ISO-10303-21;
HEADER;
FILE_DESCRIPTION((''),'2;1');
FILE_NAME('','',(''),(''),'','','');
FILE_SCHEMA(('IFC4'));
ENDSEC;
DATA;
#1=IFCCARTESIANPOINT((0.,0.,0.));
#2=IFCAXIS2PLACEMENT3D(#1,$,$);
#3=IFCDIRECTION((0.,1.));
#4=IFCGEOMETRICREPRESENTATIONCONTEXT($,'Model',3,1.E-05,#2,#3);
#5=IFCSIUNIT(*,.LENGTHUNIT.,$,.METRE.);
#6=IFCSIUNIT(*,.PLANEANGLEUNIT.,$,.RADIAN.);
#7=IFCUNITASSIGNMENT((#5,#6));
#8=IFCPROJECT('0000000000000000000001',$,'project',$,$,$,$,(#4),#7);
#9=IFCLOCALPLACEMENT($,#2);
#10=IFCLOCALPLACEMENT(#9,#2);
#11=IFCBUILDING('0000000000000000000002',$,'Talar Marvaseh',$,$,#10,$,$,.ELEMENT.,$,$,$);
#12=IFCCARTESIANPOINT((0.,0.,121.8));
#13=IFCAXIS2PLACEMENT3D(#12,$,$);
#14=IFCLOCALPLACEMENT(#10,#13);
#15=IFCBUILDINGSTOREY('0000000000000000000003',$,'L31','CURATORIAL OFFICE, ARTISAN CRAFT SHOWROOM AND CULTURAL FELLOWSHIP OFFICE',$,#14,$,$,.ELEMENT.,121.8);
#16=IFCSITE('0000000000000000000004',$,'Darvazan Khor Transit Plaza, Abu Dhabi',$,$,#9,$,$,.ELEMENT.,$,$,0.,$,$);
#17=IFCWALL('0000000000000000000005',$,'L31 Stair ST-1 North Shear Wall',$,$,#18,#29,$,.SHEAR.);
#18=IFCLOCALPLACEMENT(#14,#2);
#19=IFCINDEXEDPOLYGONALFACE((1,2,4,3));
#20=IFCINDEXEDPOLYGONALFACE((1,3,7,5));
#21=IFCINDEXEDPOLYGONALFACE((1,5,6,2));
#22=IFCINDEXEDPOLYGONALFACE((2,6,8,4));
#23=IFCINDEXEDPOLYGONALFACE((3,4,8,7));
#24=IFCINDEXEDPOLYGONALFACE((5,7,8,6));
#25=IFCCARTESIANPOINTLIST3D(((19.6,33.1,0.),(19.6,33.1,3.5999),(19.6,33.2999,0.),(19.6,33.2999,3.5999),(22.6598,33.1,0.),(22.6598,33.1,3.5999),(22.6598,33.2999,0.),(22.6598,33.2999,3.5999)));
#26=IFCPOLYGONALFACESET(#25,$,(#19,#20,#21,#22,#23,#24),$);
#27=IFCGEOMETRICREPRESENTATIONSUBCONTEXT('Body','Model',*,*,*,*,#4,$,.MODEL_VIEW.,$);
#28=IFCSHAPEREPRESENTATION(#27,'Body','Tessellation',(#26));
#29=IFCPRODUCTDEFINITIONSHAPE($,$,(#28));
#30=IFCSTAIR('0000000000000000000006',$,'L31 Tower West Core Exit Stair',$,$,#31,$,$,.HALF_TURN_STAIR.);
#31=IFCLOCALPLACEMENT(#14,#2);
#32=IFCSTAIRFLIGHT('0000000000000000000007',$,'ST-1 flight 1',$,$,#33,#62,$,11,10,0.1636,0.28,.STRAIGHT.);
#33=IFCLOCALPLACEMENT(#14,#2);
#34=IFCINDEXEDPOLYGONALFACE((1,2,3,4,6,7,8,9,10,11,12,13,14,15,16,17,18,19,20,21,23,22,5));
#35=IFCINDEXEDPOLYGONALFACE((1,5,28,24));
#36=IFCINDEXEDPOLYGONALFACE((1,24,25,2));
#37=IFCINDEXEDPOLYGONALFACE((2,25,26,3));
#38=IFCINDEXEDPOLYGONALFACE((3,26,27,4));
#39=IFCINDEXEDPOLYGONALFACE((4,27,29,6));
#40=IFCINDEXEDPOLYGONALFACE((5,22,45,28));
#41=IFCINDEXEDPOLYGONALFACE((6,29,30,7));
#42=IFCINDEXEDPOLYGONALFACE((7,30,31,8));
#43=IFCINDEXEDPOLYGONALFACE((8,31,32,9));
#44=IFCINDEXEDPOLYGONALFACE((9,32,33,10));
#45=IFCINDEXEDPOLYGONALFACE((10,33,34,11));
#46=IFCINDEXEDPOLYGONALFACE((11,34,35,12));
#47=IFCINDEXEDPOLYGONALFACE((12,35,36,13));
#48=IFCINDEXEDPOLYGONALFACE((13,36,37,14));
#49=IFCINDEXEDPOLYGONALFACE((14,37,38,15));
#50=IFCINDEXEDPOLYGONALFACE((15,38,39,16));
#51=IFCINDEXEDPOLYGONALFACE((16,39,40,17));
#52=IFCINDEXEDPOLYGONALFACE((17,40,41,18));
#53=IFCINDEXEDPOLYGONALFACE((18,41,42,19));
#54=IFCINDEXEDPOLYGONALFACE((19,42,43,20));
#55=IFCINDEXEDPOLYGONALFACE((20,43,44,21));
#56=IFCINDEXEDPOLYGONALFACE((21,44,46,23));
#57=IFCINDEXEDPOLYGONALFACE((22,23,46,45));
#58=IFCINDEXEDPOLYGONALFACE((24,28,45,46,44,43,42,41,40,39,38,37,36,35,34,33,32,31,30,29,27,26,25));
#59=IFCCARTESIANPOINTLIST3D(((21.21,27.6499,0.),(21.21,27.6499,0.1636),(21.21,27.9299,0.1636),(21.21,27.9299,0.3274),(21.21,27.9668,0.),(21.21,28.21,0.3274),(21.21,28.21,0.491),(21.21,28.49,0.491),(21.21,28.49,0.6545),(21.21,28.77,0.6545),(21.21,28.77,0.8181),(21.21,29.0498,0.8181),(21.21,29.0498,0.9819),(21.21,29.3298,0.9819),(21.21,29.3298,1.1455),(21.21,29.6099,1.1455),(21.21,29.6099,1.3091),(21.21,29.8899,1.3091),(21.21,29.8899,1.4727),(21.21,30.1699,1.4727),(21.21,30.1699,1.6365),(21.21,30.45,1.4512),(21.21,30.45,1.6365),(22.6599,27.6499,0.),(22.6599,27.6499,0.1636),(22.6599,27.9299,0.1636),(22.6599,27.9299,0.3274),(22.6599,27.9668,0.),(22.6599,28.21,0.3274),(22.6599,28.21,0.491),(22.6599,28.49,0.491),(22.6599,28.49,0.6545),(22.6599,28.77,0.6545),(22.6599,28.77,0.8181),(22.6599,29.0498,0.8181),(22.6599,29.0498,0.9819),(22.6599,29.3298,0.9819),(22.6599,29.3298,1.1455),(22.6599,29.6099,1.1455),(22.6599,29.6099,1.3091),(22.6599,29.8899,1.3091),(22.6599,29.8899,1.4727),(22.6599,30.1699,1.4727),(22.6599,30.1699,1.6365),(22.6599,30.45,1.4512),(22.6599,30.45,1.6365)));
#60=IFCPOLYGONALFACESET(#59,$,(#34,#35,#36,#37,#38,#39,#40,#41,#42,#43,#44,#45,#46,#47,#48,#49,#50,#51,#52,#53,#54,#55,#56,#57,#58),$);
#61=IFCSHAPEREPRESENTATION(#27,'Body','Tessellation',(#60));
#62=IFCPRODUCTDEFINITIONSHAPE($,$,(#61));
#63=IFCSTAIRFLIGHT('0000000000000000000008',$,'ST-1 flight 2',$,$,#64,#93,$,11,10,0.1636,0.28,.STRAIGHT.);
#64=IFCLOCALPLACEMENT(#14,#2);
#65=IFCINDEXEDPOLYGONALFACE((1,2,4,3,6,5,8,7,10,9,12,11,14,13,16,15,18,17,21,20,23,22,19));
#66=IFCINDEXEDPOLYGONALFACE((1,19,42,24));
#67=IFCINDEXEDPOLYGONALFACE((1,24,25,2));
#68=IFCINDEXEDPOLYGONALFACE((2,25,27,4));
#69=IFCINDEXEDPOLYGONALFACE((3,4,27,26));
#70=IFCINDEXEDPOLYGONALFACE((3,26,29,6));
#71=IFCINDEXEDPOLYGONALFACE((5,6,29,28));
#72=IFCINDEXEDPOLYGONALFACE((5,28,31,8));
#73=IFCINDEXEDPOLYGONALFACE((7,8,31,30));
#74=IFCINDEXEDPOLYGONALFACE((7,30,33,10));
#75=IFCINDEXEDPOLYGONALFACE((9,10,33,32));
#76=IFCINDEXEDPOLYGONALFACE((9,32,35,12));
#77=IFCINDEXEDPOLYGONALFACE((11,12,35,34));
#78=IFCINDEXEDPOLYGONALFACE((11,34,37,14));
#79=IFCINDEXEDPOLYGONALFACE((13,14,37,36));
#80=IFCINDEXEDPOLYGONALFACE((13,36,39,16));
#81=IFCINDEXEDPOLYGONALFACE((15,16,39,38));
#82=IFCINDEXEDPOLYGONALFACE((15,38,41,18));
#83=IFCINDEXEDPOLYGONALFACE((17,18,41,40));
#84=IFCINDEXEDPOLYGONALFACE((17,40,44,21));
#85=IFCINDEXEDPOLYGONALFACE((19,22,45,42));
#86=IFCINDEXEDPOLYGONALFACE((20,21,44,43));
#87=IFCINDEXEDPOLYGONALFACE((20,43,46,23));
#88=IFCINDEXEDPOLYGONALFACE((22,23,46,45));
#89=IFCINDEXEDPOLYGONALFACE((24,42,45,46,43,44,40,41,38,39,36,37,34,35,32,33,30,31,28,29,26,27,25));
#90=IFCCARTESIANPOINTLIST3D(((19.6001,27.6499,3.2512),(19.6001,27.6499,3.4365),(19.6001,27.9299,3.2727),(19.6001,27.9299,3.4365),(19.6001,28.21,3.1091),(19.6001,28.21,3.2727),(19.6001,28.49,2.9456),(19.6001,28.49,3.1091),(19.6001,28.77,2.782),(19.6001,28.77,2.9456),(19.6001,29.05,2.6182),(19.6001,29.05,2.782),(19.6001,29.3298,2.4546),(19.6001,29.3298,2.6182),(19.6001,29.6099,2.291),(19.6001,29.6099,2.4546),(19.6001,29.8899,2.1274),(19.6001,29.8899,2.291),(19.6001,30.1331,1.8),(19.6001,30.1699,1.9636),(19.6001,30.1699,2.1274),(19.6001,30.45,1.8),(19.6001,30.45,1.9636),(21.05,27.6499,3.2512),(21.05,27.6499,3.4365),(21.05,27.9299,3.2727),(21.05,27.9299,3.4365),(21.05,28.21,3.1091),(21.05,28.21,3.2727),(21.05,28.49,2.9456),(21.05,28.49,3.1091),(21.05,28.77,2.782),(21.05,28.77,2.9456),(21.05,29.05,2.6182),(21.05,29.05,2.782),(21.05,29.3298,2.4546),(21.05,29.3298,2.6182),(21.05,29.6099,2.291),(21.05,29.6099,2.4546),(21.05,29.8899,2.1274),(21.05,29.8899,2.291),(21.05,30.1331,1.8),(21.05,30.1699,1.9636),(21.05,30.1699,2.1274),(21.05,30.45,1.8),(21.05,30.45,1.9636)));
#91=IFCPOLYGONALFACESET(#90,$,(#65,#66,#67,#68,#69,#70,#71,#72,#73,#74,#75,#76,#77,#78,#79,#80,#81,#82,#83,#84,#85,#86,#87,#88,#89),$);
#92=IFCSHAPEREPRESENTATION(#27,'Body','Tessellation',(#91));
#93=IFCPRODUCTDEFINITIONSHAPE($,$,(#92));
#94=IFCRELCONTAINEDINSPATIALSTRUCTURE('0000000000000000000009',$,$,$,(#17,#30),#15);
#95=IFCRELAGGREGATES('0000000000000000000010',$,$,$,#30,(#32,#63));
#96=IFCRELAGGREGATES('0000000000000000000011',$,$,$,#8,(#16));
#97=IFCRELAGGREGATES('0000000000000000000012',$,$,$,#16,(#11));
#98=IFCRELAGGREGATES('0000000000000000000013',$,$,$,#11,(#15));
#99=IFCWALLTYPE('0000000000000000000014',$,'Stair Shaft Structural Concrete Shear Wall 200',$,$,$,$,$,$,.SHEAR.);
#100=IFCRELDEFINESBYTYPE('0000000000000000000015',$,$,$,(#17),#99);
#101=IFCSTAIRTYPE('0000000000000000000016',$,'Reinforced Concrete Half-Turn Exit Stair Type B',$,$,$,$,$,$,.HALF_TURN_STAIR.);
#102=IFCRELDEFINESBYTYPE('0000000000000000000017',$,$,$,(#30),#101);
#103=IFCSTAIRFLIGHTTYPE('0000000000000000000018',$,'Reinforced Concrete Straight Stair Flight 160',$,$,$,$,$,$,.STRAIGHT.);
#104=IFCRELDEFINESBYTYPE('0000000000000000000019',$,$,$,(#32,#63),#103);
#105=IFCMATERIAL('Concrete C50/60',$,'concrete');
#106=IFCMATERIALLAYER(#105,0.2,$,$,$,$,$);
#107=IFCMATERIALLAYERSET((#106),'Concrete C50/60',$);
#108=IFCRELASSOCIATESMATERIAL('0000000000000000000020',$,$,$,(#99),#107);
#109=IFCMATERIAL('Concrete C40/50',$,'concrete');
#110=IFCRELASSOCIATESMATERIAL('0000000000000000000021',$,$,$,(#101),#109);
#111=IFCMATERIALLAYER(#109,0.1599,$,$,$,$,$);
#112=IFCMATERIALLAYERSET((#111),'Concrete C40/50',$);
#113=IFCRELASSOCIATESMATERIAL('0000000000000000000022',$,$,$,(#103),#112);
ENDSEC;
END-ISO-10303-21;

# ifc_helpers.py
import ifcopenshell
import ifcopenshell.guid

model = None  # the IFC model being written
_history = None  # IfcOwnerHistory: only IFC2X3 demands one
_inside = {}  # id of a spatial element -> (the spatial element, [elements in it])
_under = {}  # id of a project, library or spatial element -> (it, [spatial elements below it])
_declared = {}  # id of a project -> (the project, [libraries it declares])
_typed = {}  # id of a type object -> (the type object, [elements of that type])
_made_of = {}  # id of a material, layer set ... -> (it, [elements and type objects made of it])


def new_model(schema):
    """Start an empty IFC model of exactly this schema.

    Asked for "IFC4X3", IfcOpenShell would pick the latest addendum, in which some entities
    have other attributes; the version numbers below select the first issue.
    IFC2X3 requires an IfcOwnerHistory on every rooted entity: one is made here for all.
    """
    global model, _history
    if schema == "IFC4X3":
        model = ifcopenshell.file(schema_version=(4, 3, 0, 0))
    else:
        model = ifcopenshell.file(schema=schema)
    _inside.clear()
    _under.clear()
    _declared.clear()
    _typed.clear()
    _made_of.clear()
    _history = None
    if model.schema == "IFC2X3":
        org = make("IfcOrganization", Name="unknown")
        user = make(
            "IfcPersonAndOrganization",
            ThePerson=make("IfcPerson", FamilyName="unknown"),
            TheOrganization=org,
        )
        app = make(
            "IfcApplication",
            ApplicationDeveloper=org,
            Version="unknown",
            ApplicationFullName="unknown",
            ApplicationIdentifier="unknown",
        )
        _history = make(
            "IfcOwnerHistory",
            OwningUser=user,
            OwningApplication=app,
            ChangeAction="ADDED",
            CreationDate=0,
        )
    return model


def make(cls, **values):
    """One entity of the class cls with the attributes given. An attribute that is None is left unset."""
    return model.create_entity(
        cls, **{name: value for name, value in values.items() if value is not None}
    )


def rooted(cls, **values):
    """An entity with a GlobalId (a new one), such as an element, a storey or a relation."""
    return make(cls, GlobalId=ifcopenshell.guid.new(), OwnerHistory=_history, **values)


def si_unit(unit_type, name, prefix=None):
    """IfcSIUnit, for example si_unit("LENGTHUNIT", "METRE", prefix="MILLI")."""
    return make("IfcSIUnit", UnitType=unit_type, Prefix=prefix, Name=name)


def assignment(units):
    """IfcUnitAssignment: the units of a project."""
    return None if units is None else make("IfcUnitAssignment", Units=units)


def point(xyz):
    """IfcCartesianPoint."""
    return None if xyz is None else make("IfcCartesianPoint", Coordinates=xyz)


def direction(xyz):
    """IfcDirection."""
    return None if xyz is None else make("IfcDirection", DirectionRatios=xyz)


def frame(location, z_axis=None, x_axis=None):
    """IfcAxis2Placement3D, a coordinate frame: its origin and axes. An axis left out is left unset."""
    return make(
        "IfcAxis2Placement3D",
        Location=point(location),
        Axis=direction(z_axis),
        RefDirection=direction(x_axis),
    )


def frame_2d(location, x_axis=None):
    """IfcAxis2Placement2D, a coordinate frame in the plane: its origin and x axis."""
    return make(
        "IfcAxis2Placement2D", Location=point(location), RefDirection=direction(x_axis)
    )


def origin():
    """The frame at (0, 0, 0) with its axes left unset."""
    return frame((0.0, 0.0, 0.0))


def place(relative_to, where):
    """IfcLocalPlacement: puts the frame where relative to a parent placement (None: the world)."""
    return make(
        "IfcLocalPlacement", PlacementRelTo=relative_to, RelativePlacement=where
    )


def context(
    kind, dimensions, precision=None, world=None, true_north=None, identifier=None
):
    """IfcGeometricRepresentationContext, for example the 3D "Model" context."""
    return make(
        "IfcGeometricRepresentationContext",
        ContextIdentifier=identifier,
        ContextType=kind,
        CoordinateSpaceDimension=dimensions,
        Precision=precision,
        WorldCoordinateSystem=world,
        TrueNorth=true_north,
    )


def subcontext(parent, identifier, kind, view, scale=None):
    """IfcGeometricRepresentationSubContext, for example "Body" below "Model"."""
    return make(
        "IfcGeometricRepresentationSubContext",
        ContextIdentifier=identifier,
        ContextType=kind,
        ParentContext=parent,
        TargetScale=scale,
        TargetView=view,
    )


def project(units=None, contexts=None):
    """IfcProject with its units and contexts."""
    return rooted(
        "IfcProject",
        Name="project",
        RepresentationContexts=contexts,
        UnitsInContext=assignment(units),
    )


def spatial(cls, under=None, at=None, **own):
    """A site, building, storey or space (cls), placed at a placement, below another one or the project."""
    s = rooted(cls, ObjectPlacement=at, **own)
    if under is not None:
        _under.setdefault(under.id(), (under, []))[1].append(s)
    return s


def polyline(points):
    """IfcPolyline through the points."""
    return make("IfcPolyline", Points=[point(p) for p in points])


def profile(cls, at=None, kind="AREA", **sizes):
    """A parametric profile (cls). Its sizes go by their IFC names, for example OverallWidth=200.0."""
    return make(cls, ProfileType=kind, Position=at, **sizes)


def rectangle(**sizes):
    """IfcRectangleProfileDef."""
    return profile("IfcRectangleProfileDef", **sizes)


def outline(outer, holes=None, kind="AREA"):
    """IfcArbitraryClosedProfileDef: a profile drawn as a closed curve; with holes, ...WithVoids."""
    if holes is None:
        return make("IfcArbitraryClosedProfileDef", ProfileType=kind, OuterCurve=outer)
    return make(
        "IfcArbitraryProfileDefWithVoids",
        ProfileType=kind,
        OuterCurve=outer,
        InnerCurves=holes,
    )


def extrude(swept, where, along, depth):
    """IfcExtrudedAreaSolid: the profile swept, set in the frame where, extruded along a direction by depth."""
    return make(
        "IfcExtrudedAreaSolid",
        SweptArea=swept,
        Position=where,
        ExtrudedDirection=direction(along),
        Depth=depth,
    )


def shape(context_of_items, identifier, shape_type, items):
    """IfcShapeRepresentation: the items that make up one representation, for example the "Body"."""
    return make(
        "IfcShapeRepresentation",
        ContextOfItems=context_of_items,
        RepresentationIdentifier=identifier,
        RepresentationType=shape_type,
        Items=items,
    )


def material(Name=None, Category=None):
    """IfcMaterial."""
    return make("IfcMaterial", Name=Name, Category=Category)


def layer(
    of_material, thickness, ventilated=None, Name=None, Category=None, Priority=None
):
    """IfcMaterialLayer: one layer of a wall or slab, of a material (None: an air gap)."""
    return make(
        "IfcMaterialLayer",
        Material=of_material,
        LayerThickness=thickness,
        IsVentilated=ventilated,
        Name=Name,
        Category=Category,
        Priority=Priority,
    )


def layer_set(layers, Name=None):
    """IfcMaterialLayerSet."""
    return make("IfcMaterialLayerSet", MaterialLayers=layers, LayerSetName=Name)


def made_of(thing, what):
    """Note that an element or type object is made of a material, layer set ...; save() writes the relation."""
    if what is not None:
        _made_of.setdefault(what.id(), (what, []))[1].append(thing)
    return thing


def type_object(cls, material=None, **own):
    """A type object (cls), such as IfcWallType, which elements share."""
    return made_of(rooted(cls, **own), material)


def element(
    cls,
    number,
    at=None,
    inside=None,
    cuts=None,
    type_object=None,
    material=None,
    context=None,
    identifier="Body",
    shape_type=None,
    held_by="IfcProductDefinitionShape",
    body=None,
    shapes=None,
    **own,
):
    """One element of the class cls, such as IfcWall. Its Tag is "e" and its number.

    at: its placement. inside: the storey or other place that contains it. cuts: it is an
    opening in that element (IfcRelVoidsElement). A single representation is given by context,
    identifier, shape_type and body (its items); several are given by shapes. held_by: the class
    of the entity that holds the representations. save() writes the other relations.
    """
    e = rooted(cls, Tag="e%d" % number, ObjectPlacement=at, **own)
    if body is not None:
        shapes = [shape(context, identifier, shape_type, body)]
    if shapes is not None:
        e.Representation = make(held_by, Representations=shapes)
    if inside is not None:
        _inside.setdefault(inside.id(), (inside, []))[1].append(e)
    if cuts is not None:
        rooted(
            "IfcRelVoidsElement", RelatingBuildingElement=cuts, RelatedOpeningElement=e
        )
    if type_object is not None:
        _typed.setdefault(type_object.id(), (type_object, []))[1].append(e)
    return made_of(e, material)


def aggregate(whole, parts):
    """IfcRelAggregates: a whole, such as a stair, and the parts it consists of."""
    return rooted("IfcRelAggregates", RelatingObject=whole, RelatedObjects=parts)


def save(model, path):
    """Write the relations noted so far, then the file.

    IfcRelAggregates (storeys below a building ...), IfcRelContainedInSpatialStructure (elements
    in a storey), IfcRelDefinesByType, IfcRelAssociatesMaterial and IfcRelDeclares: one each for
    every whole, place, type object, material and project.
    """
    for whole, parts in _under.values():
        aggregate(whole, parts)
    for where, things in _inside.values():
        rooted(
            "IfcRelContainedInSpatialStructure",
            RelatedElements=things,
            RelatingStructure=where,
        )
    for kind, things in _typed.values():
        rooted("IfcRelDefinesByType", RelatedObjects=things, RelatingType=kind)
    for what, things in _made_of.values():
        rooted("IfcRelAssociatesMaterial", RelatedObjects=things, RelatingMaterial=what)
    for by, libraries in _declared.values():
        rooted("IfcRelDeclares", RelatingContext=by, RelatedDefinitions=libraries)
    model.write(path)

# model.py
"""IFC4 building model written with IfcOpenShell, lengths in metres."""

from ifc_helpers import new_model, si_unit, direction, frame, frame_2d, origin, place, context, subcontext, project, spatial, polyline, rectangle, outline, extrude, material, layer, layer_set, type_object, element, aggregate, save


model = new_model("IFC4")

# Units and contexts
model_context = context("Model", 3, precision=1e-05, world=origin(), true_north=direction((0.0, 1.0)))
body_context = subcontext(model_context, "Body", "Model", "MODEL_VIEW")
ifc_project = project(units=[si_unit("LENGTHUNIT", "METRE"), si_unit("PLANEANGLEUNIT", "RADIAN")], contexts=[model_context])

# Site, building, storey
site_placement = place(None, origin())
site = spatial("IfcSite", under=ifc_project, at=site_placement, Name="Darvazan Khor Transit Plaza, Abu Dhabi", CompositionType="ELEMENT", RefElevation=0.0)
building_placement = place(site_placement, origin())
building = spatial("IfcBuilding", under=site, at=building_placement, Name="Talar Marvaseh", CompositionType="ELEMENT")
storey_placement = place(building_placement, frame((0.0, 0.0, 121.8)))
storey = spatial("IfcBuildingStorey", under=building, at=storey_placement, Name="L31", Description="CURATORIAL OFFICE, ARTISAN CRAFT SHOWROOM AND CULTURAL FELLOWSHIP OFFICE", CompositionType="ELEMENT", Elevation=121.8)

# Wall
ifc_material_1 = material(Name="Concrete C50/60", Category="concrete")
ifc_layer_1 = layer(ifc_material_1, 0.2)
ifc_layer_set_1 = layer_set([ifc_layer_1], Name="Concrete C50/60")
wall_type_1 = type_object("IfcWallType", Name="Stair Shaft Structural Concrete Shear Wall 200", PredefinedType="SHEAR", material=ifc_layer_set_1)
wall_1_placement = place(storey_placement, frame((19.6001, 33.2, 0.0), z_axis=(0.0, 0.0, 1.0), x_axis=(1.0, 0.0, 0.0)))
element("IfcWall", 1, at=wall_1_placement, inside=storey, type_object=wall_type_1, Name="L31 Stair ST-1 North Shear Wall", PredefinedType="SHEAR", context=body_context, shape_type="SweptSolid", body=[
    extrude(rectangle(XDim=3.0598, YDim=0.2, at=frame_2d((1.5298, 0.0))), origin(), (0.0, 0.0, 1.0), 3.5999),
])

# Stair, stair flights
ifc_material_2 = material(Name="Concrete C40/50", Category="concrete")
stair_type = type_object("IfcStairType", Name="Reinforced Concrete Half-Turn Exit Stair Type B", PredefinedType="HALF_TURN_STAIR", material=ifc_material_2)
stair_placement = place(storey_placement, origin())
stair = element("IfcStair", 2, at=stair_placement, inside=storey, type_object=stair_type, Name="L31 Tower West Core Exit Stair", PredefinedType="HALF_TURN_STAIR")
ifc_layer_2 = layer(ifc_material_2, 0.1599)
ifc_layer_set_2 = layer_set([ifc_layer_2], Name="Concrete C40/50")
stair_flight_type = type_object("IfcStairFlightType", Name="Reinforced Concrete Straight Stair Flight 160", PredefinedType="STRAIGHT", material=ifc_layer_set_2)
stair_flight_1_placement = place(storey_placement, frame((21.9351, 27.6499, 0.0), z_axis=(0.0, 0.0, 1.0), x_axis=(0.0, 1.0, 0.0)))
stair_flight_1 = element("IfcStairFlight", 3, at=stair_flight_1_placement, type_object=stair_flight_type, Name="ST-1 flight 1", NumberOfRisers=11, NumberOfTreads=10, PredefinedType="STRAIGHT", RiserHeight=0.1636, TreadLength=0.28, context=body_context, shape_type="SweptSolid", body=[
    extrude(outline(polyline([(0.0, 0.0), (0.0, 0.1636), (0.28, 0.1636), (0.28, 0.3274), (0.5601, 0.3274), (0.5601, 0.491), (0.8401, 0.491), (0.8401, 0.6545), (1.1201, 0.6545), (1.1201, 0.8181), (1.3999, 0.8181), (1.3999, 0.9819), (1.6799, 0.9819), (1.6799, 1.1455), (1.96, 1.1455), (1.96, 1.3091), (2.24, 1.3091), (2.24, 1.4727), (2.52, 1.4727), (2.52, 1.6365), (2.8, 1.6365), (2.8, 1.8), (2.8, 1.4512), (0.3169, 0.0), (0.0, 0.0)])), frame((0.0, 0.7251, 0.0), z_axis=(0.0, -1.0, 0.0), x_axis=(1.0, 0.0, 0.0)), (0.0, 0.0, 1.0), 1.45),
])
stair_flight_2_placement = place(storey_placement, frame((20.325, 30.45, 1.8), z_axis=(0.0, 0.0, 1.0), x_axis=(0.0, -1.0, 0.0)))
stair_flight_2 = element("IfcStairFlight", 4, at=stair_flight_2_placement, type_object=stair_flight_type, Name="ST-1 flight 2", NumberOfRisers=11, NumberOfTreads=10, PredefinedType="STRAIGHT", RiserHeight=0.1636, TreadLength=0.28, context=body_context, shape_type="SweptSolid", body=[
    extrude(outline(polyline([(0.0, 0.0), (0.0, 0.1636), (0.28, 0.1636), (0.28, 0.3274), (0.5601, 0.3274), (0.5601, 0.491), (0.8401, 0.491), (0.8401, 0.6545), (1.1201, 0.6545), (1.1201, 0.8181), (1.3999, 0.8181), (1.3999, 0.9819), (1.6799, 0.9819), (1.6799, 1.1455), (1.96, 1.1455), (1.96, 1.3091), (2.24, 1.3091), (2.24, 1.4727), (2.52, 1.4727), (2.52, 1.6365), (2.8, 1.6365), (2.8, 1.8), (2.8, 1.4512), (0.3169, 0.0), (0.0, 0.0)])), frame((0.0, 0.7251, 0.0), z_axis=(0.0, -1.0, 0.0), x_axis=(1.0, 0.0, 0.0)), (0.0, 0.0, 1.0), 1.45),
])
aggregate(stair, [stair_flight_1, stair_flight_2])

save(model, "model.ifc")
